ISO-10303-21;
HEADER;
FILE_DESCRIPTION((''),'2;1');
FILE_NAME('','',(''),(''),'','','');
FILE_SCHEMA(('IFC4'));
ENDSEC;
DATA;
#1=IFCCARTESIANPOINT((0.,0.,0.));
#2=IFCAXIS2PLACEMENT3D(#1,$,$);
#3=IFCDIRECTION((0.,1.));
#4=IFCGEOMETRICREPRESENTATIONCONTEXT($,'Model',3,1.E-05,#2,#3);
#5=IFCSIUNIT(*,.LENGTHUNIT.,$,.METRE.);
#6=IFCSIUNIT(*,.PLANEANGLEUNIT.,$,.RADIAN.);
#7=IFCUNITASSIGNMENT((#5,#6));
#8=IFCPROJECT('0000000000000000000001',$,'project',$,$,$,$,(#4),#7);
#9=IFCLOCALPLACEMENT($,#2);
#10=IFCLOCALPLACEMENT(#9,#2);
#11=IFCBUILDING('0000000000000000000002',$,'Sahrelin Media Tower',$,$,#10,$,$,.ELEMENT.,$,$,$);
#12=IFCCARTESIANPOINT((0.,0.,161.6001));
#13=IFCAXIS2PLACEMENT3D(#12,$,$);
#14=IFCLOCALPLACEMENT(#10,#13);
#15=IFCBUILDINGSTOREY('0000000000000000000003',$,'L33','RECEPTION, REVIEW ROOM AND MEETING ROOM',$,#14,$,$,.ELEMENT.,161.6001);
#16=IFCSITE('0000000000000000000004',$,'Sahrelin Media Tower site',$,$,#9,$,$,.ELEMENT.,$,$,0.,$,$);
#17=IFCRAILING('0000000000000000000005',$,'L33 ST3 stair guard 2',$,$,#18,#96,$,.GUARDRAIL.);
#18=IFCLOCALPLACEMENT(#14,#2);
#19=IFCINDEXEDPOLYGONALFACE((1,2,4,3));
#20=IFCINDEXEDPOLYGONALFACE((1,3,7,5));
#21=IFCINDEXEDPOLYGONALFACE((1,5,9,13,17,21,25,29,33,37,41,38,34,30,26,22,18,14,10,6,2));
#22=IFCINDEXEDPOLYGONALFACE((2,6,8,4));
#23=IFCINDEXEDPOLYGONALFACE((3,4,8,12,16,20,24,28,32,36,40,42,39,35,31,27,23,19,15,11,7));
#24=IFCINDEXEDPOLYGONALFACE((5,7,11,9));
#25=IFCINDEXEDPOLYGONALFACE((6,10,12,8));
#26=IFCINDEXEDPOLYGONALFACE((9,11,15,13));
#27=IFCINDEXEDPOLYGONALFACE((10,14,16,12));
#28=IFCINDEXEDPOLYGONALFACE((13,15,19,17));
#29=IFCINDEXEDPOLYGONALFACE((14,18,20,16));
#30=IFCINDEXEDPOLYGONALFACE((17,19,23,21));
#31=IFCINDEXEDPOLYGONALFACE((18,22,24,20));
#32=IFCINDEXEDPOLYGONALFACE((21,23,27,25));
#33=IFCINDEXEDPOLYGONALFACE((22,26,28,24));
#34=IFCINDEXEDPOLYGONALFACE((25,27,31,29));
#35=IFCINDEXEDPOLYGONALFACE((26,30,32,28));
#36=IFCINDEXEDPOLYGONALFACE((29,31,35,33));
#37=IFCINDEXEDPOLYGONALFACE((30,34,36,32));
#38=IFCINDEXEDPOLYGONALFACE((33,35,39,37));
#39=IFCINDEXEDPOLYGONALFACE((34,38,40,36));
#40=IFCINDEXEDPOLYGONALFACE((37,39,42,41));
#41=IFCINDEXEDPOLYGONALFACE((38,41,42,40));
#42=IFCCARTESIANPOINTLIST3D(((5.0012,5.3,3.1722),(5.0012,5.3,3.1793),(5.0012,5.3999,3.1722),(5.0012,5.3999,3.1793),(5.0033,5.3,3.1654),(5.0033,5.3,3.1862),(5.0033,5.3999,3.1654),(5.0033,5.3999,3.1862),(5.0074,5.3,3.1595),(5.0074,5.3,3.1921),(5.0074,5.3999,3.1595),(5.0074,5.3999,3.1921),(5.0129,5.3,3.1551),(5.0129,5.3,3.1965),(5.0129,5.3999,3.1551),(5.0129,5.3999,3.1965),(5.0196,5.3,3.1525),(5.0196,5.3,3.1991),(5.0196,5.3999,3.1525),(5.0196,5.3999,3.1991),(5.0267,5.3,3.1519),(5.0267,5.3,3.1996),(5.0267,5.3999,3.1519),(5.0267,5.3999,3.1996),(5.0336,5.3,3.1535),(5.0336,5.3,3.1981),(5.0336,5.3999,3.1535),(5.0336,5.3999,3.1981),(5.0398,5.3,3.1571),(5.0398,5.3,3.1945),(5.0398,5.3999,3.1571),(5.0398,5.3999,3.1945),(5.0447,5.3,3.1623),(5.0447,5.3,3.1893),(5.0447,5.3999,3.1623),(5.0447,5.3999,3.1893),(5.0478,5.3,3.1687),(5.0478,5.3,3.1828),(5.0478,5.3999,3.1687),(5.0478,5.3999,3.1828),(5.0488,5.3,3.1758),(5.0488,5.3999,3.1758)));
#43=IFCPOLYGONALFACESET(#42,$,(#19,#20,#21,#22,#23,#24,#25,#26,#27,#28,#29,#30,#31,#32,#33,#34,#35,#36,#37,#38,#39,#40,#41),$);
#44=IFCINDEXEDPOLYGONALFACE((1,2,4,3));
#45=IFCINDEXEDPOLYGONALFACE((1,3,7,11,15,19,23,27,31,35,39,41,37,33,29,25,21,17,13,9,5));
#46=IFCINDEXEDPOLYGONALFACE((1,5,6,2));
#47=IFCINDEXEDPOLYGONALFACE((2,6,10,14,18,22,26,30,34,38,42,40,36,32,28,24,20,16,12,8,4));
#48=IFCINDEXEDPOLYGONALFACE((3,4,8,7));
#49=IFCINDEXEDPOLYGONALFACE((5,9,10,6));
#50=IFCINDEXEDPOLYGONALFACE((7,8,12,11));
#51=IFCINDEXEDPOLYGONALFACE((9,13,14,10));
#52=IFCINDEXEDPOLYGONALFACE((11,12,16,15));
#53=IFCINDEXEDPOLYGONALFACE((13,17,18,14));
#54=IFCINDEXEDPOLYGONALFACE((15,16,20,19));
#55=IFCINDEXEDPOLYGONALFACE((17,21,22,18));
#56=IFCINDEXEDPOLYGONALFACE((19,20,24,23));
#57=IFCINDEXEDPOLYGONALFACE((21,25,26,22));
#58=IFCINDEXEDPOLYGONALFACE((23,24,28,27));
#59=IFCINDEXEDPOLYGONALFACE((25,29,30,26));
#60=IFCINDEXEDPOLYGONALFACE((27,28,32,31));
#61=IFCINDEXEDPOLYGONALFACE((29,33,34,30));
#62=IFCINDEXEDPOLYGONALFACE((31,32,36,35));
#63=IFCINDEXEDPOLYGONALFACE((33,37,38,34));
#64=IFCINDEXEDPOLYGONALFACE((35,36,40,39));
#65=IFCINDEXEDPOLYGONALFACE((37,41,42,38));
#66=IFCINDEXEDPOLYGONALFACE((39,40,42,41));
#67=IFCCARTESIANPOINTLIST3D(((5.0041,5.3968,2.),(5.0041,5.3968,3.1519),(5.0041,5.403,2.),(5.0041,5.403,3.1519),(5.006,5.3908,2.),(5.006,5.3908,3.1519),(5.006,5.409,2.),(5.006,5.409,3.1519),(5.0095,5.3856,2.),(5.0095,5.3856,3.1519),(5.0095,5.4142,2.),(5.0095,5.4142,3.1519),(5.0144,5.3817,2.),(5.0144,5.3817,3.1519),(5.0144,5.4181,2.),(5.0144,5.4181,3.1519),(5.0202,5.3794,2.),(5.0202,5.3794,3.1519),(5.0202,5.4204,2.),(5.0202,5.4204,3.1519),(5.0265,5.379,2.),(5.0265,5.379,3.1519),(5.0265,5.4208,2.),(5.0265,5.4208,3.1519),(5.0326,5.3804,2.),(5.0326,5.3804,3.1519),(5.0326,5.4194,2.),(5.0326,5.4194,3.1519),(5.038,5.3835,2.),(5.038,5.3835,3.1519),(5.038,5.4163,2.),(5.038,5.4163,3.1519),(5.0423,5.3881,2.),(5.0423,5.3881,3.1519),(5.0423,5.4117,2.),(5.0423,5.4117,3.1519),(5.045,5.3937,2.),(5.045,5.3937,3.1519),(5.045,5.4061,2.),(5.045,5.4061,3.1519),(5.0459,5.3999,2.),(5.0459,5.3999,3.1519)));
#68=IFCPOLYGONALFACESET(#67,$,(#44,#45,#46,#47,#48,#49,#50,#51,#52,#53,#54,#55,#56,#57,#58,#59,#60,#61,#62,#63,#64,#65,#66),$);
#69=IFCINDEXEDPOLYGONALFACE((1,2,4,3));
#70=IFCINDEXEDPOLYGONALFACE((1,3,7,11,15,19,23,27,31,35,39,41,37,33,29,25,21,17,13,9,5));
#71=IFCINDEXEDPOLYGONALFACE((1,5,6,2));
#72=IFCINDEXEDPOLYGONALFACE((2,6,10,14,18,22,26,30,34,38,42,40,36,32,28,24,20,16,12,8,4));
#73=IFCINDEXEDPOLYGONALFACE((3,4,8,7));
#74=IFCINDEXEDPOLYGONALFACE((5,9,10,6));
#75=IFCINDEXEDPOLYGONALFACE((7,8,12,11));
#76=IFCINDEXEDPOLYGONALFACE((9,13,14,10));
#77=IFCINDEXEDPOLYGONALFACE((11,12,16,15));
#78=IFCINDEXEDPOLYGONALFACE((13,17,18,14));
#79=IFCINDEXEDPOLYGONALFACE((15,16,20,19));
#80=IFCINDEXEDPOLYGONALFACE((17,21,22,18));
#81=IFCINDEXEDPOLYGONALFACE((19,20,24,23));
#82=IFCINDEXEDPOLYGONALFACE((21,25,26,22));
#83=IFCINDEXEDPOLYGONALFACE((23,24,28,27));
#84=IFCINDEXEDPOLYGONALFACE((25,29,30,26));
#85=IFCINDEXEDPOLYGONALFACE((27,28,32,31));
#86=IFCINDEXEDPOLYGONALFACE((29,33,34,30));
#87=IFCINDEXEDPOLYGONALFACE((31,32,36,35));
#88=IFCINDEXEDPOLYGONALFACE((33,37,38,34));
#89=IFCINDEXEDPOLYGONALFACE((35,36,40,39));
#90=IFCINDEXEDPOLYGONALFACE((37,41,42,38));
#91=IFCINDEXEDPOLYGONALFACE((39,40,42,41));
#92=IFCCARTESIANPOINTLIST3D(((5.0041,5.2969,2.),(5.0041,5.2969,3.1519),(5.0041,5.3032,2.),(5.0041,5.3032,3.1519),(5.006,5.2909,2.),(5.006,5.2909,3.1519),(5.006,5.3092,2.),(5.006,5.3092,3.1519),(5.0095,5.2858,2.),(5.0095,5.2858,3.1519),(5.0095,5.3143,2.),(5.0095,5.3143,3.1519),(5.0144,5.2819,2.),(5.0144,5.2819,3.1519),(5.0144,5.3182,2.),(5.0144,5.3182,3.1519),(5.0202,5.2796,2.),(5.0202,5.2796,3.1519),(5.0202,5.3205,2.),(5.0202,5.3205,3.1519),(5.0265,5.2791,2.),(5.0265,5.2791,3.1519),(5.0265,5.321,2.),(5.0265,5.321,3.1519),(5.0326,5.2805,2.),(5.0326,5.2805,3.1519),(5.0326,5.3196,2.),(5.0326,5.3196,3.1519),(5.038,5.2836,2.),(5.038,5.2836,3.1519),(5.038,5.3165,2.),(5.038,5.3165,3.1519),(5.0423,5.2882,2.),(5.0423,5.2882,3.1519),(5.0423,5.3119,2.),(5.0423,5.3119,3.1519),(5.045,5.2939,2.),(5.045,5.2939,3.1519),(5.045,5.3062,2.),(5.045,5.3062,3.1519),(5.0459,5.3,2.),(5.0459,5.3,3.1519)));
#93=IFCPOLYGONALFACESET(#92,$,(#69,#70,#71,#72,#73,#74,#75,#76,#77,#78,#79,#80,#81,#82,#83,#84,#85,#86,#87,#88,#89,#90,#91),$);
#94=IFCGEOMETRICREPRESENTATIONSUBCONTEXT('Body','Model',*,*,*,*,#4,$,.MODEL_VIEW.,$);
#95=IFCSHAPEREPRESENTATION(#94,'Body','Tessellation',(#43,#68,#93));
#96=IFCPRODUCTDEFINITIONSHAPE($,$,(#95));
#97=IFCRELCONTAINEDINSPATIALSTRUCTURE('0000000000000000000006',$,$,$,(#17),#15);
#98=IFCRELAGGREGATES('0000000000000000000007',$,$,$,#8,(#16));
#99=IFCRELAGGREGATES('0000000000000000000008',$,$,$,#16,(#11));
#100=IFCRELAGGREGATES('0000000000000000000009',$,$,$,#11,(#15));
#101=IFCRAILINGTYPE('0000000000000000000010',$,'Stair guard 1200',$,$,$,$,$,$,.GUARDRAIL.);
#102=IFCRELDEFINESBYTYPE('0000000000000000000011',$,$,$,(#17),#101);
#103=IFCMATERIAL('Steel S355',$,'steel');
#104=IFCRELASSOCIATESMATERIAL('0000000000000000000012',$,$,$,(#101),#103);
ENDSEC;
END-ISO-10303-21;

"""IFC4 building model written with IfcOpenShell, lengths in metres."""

from ifc_helpers import new_model, si_unit, direction, frame, origin, origin_2d, place, context, subcontext, project, spatial, circle, extrude, material, type_object, element, save


model = new_model("IFC4")

# Units and contexts
model_context = context("Model", 3, precision=1e-05, world=origin(), true_north=direction((0.0, 1.0)))
body_context = subcontext(model_context, "Body", "Model", "MODEL_VIEW")
ifc_project = project(units=[si_unit("LENGTHUNIT", "METRE"), si_unit("PLANEANGLEUNIT", "RADIAN")], contexts=[model_context])

# Site, building, storey
site_placement = place(None, origin())
site = spatial("IfcSite", under=ifc_project, at=site_placement, Name="Sahrelin Media Tower site", CompositionType="ELEMENT", RefElevation=0.0)
building_placement = place(site_placement, origin())
building = spatial("IfcBuilding", under=site, at=building_placement, Name="Sahrelin Media Tower", CompositionType="ELEMENT")
storey_placement = place(building_placement, frame((0.0, 0.0, 161.6001)))
storey = spatial("IfcBuildingStorey", under=building, at=storey_placement, Name="L33", Description="RECEPTION, REVIEW ROOM AND MEETING ROOM", CompositionType="ELEMENT", Elevation=161.6001)

# Shared definitions
ifc_material_1 = material(Name="Steel S355", Category="steel")

# Railing
railing_type_1 = type_object("IfcRailingType", Name="Stair guard 1200", PredefinedType="GUARDRAIL", material=ifc_material_1)
railing_1_placement = place(storey_placement, frame((5.0249, 5.3999, 2.0)))
element("IfcRailing", 1, at=railing_1_placement, inside=storey, type_object=railing_type_1, Name="L33 ST3 stair guard 2", PredefinedType="GUARDRAIL", context=body_context, shape_type="SweptSolid", body=[
    extrude(circle(Radius=0.0239, at=origin_2d()), frame((0.0, 0.0, 1.1758), z_axis=(0.0, -1.0, 0.0), x_axis=(1.0, 0.0, 0.0)), (0.0, 0.0, 1.0), 0.0999),
    extrude(circle(Radius=0.021, at=origin_2d()), origin(), (0.0, 0.0, 1.0), 1.1519),
    extrude(circle(Radius=0.021, at=origin_2d()), frame((0.0, -0.0999, 0.0)), (0.0, 0.0, 1.0), 1.1519),
])

save(model, "model.ifc")
